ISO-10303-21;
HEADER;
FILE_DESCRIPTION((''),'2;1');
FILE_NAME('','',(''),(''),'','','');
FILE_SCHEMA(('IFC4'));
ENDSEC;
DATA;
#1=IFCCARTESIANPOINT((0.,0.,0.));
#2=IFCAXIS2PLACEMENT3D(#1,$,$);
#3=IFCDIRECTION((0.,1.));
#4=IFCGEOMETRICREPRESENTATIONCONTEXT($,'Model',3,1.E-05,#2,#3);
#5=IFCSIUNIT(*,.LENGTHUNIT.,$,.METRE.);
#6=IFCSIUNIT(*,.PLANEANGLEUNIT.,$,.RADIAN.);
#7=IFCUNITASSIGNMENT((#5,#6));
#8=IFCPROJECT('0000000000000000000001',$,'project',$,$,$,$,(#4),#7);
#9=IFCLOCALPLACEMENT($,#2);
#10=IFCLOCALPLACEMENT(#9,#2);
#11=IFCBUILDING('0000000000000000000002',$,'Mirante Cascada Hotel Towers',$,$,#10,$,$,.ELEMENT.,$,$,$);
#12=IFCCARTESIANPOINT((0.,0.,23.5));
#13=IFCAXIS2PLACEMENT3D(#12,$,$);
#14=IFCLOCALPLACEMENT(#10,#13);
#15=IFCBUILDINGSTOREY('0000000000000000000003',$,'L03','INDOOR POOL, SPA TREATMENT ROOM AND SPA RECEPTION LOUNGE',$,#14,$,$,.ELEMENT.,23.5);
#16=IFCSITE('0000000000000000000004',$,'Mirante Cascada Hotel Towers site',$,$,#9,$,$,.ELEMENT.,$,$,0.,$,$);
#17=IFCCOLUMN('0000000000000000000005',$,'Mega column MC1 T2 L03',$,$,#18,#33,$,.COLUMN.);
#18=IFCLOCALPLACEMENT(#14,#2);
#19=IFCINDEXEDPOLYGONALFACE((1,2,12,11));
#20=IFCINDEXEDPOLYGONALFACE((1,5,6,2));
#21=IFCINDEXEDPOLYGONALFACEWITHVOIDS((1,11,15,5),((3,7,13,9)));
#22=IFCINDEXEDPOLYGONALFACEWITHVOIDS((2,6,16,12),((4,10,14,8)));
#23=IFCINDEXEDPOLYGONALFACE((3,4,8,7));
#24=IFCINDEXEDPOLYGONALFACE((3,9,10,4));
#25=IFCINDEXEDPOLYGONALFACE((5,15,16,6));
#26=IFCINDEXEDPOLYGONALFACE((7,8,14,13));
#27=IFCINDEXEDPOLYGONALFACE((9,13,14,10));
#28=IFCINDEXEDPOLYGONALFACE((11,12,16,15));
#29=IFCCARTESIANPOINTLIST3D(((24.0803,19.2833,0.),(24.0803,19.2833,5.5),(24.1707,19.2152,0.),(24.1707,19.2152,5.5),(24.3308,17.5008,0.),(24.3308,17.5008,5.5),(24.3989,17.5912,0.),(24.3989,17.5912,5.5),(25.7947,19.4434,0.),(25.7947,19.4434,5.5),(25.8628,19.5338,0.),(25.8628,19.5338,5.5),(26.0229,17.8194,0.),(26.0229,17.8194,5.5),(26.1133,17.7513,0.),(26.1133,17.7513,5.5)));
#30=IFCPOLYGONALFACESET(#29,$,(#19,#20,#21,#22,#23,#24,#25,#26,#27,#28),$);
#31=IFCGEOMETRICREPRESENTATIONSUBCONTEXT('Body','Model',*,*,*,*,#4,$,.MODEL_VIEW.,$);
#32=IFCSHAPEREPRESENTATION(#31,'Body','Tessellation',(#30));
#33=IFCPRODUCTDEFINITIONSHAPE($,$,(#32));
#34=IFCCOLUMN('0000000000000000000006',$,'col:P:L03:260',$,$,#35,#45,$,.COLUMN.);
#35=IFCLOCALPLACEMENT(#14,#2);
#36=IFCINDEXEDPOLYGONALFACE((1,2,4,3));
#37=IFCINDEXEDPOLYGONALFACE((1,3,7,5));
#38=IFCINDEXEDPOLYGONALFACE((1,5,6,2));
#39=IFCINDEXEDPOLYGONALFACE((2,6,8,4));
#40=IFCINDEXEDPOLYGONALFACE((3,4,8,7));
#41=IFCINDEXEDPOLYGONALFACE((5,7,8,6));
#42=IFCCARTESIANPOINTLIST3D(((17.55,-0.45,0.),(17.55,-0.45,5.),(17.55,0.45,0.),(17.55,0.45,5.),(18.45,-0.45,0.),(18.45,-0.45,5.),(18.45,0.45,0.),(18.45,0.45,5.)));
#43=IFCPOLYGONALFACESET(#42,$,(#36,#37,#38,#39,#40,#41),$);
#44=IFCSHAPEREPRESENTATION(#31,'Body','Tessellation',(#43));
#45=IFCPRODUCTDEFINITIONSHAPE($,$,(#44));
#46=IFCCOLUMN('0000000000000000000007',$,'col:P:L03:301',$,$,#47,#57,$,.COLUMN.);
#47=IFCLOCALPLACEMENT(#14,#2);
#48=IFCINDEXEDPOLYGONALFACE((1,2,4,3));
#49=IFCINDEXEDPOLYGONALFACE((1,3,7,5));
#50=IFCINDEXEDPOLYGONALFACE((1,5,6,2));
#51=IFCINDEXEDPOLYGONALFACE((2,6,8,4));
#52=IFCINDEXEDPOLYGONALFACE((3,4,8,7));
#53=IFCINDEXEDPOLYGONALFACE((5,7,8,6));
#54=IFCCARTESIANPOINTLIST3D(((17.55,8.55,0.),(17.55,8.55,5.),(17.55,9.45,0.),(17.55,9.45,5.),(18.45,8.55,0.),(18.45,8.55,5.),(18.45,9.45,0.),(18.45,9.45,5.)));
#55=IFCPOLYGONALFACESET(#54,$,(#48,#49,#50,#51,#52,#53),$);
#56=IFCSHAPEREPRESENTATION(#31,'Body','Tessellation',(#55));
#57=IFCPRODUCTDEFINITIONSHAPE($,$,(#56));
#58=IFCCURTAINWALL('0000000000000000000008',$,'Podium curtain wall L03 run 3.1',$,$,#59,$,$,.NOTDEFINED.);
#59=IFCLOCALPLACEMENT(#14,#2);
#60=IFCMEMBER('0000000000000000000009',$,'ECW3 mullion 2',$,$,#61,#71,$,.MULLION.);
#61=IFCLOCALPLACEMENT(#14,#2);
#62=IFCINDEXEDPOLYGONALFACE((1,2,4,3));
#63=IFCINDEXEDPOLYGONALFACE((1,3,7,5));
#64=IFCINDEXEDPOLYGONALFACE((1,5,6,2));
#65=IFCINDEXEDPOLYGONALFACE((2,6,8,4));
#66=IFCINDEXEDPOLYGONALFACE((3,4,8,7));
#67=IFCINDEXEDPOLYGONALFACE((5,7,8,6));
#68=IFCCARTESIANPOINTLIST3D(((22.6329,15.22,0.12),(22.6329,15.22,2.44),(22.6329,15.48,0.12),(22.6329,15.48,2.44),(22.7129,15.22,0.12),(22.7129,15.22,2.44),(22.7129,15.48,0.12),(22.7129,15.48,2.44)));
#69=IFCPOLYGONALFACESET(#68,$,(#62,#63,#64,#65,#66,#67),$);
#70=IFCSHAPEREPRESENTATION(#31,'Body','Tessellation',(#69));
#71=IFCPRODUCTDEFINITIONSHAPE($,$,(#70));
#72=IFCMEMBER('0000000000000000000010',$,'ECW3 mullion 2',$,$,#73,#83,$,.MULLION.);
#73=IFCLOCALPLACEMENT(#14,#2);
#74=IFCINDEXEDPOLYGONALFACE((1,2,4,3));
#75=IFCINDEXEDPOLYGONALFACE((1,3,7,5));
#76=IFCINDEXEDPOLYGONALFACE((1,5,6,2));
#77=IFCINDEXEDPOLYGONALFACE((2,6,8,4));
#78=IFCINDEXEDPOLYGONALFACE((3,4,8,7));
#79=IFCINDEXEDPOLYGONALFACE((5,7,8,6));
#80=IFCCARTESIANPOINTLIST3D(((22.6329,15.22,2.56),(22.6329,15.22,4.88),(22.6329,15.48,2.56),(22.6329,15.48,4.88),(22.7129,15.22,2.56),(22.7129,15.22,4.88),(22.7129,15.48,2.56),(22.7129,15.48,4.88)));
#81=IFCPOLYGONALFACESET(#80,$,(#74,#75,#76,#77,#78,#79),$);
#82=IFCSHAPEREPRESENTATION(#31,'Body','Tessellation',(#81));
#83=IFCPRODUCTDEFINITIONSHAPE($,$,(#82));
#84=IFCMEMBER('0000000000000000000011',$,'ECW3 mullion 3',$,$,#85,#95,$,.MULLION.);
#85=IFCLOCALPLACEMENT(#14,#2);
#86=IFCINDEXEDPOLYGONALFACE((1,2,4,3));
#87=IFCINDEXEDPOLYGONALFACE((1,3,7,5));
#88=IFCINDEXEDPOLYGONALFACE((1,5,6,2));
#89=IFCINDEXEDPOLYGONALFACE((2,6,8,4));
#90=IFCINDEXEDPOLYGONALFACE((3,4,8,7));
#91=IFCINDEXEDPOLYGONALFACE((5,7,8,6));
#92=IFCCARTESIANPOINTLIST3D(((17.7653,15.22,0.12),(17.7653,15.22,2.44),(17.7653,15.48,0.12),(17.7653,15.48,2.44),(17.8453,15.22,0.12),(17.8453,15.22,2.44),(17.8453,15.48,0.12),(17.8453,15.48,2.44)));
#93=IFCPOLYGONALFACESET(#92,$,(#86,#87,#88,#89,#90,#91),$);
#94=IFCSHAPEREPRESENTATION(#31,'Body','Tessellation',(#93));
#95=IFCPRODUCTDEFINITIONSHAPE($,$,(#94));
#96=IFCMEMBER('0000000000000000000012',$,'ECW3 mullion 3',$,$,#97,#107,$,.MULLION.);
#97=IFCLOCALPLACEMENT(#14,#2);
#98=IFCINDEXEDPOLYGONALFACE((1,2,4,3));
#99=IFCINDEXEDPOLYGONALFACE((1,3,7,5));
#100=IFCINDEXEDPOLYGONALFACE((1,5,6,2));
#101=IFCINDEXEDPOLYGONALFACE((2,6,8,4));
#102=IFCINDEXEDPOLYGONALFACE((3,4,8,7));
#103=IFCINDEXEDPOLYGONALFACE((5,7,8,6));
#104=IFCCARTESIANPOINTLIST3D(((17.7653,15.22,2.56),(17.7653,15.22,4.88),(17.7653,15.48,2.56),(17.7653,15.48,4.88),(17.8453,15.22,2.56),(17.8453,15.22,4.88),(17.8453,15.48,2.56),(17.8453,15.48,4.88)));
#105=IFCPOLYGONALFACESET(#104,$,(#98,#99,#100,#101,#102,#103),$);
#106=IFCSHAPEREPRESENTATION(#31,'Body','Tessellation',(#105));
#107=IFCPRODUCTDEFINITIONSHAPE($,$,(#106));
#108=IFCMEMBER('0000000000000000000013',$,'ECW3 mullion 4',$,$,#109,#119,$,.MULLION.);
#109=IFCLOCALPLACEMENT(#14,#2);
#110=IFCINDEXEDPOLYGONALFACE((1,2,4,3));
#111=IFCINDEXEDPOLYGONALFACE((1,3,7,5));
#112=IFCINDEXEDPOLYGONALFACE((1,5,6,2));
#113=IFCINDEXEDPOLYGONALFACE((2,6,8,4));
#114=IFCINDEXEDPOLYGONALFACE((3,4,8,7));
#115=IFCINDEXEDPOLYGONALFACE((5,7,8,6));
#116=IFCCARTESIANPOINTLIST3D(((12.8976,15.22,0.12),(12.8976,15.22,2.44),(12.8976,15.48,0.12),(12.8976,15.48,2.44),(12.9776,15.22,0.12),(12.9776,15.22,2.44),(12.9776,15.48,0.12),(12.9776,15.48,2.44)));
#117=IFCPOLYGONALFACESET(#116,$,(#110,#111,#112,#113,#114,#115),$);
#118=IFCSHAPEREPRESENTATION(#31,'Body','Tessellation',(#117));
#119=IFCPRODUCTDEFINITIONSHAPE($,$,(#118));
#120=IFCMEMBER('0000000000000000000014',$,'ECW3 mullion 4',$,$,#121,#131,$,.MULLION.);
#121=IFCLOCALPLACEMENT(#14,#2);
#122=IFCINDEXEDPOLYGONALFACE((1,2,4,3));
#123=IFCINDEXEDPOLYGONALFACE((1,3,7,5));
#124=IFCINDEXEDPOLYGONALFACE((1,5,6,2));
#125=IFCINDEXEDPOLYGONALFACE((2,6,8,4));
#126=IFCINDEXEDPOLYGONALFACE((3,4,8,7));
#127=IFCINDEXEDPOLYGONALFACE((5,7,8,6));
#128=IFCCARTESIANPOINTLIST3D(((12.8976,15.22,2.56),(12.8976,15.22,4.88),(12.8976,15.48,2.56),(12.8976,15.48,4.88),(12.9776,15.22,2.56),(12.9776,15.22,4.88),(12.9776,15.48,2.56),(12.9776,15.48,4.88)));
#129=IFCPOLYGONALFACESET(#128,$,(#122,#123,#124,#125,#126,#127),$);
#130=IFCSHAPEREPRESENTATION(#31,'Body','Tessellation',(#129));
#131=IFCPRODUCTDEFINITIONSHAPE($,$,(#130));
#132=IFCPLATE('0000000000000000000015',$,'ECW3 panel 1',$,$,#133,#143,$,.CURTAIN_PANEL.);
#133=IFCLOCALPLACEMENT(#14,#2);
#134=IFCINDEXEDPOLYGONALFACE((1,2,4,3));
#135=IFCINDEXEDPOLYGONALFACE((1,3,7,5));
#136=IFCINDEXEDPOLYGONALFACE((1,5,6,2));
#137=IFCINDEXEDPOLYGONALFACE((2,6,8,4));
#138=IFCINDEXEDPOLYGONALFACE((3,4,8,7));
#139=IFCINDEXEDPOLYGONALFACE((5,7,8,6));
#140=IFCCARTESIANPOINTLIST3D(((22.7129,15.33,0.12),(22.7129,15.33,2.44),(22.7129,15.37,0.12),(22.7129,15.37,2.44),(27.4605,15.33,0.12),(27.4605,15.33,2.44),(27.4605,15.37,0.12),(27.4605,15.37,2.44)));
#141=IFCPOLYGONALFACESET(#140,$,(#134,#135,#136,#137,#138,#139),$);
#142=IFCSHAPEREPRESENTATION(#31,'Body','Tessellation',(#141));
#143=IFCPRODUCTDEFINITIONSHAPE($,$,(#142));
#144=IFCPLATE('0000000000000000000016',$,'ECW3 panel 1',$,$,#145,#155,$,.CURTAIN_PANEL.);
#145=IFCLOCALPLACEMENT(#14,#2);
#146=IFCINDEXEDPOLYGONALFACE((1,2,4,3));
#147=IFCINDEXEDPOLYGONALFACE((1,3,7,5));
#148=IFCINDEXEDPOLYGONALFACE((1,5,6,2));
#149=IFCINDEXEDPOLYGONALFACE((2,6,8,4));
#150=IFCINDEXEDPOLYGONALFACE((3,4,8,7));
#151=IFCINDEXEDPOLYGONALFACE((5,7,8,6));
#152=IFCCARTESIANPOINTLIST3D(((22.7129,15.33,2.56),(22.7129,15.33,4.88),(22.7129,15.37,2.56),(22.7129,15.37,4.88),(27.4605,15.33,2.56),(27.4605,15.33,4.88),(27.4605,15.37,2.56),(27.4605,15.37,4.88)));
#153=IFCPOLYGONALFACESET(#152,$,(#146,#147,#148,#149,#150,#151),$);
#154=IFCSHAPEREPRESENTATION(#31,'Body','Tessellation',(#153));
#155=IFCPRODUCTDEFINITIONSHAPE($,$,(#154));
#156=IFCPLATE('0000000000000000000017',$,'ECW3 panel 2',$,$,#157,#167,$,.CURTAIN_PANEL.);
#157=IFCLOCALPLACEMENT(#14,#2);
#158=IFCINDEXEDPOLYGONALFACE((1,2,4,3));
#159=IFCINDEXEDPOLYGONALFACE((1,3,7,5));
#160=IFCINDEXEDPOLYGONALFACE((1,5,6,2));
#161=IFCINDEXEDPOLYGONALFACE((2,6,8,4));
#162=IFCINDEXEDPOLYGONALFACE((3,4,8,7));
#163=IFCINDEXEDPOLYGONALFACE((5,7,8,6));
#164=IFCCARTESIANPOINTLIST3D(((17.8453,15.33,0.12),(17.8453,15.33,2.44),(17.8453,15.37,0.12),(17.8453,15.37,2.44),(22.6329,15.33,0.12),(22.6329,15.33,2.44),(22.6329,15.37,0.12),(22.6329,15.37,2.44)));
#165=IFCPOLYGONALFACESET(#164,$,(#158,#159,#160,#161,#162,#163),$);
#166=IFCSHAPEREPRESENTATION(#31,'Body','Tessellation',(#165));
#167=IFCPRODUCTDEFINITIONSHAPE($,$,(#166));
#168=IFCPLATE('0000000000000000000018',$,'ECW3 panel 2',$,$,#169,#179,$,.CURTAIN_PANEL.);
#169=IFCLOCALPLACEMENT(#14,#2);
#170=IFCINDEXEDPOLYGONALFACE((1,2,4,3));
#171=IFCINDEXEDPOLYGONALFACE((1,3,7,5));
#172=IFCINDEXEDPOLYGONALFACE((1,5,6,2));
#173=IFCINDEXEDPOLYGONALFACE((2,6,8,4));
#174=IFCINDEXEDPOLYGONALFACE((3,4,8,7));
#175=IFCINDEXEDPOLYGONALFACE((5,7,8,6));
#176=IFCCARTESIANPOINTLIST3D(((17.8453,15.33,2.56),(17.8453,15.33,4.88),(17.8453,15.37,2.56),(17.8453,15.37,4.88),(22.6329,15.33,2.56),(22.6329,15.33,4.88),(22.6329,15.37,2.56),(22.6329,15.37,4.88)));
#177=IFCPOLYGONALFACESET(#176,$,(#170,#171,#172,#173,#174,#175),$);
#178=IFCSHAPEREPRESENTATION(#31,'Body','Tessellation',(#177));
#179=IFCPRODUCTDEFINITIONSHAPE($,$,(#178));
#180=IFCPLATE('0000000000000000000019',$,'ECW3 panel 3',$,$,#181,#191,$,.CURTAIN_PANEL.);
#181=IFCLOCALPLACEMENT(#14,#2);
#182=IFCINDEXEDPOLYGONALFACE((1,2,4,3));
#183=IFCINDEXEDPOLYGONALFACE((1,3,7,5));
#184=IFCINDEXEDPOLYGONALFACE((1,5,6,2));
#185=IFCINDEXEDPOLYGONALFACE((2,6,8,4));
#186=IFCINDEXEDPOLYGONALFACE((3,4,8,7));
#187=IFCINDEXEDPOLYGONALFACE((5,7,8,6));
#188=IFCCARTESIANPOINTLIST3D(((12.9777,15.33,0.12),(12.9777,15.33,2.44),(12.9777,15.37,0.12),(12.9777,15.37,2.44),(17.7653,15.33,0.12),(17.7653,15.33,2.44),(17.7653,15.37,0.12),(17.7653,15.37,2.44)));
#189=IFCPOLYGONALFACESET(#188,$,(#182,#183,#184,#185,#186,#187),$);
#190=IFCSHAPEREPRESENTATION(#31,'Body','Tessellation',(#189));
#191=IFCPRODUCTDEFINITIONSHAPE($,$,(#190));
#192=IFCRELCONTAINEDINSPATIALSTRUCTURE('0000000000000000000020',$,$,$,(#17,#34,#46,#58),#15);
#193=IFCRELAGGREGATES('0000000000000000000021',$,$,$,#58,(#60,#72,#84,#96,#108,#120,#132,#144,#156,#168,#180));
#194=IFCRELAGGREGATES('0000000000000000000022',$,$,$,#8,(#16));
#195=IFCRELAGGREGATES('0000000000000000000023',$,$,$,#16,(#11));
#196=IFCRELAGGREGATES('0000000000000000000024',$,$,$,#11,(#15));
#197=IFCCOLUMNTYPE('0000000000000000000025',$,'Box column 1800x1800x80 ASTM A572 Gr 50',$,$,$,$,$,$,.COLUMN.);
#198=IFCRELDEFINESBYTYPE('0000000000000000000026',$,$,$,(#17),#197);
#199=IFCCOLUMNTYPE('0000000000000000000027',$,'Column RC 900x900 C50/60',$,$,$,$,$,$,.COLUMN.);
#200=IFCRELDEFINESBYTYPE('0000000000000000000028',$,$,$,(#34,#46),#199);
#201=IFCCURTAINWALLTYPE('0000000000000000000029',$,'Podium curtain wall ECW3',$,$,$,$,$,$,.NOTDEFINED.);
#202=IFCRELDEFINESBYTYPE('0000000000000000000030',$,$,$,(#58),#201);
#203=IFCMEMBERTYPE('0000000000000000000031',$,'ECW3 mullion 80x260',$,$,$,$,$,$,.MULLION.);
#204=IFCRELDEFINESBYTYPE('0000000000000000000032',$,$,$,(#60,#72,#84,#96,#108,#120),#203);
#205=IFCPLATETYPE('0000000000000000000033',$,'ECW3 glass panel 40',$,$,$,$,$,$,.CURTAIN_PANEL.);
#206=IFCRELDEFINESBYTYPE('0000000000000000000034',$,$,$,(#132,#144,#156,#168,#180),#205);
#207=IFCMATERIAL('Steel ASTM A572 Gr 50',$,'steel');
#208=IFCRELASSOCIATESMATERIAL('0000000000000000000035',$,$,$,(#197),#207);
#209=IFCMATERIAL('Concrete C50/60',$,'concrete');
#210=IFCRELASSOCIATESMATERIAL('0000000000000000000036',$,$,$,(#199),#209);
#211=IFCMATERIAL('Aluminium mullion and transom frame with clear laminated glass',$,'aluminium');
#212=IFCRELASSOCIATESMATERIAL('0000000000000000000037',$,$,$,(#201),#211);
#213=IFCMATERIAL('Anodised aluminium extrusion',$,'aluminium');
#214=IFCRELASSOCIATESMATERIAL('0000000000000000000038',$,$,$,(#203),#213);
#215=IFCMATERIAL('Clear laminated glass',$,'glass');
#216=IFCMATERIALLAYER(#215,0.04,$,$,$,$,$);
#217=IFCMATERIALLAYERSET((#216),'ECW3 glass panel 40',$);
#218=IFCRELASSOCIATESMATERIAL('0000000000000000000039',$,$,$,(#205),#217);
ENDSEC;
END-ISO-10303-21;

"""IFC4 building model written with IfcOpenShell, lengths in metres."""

from ifc_helpers import new_model, si_unit, direction, frame, origin, origin_2d, place, context, subcontext, project, spatial, rectangle, hollow_rectangle, extrude, material, layer, layer_set, material_profile, profile_set, type_object, element, aggregate, save


model = new_model("IFC4")

# Units and contexts
model_context = context("Model", 3, precision=1e-05, world=origin(), true_north=direction((0.0, 1.0)))
body_context = subcontext(model_context, "Body", "Model", "MODEL_VIEW")
ifc_project = project(units=[si_unit("LENGTHUNIT", "METRE"), si_unit("PLANEANGLEUNIT", "RADIAN")], contexts=[model_context])

# Site, building, storey
site_placement = place(None, origin())
site = spatial("IfcSite", under=ifc_project, at=site_placement, Name="Mirante Cascada Hotel Towers site", CompositionType="ELEMENT", RefElevation=0.0)
building_placement = place(site_placement, origin())
building = spatial("IfcBuilding", under=site, at=building_placement, Name="Mirante Cascada Hotel Towers", CompositionType="ELEMENT")
storey_placement = place(building_placement, frame((0.0, 0.0, 23.5)))
storey = spatial("IfcBuildingStorey", under=building, at=storey_placement, Name="L03", Description="INDOOR POOL, SPA TREATMENT ROOM AND SPA RECEPTION LOUNGE", CompositionType="ELEMENT", Elevation=23.5)

# Columns
ifc_material_1 = material(Name="Steel ASTM A572 Gr 50", Category="steel")
ifc_material_profile_1 = material_profile(ifc_material_1, hollow_rectangle(XDim=1.8, YDim=1.8, WallThickness=0.08, at=origin_2d()), Name="Box column 1800x1800x80 ASTM A572 Gr 50")
ifc_profile_set_1 = profile_set([ifc_material_profile_1], Name="Steel ASTM A572 Gr 50")
column_type_1 = type_object("IfcColumnType", Name="Box column 1800x1800x80 ASTM A572 Gr 50", PredefinedType="COLUMN", material=ifc_profile_set_1)
column_placement = place(storey_placement, frame((25.0968, 18.5173, 0.0), z_axis=(0.0, 0.0, 1.0), x_axis=(0.990268, 0.139173, 0.0)))
element("IfcColumn", 1, at=column_placement, inside=storey, type_object=column_type_1, Name="Mega column MC1 T2 L03", PredefinedType="COLUMN", context=body_context, shape_type="SweptSolid", body=[
    extrude(hollow_rectangle(XDim=1.8, YDim=1.8, WallThickness=0.08, at=origin_2d()), origin(), (0.0, 0.0, 1.0), 5.5),
])
ifc_material_2 = material(Name="Concrete C50/60", Category="concrete")
ifc_material_profile_2 = material_profile(ifc_material_2, rectangle(XDim=0.9, YDim=0.9, at=origin_2d()), Name="RC 900x900")
ifc_profile_set_2 = profile_set([ifc_material_profile_2], Name="Concrete C50/60")
column_type_2 = type_object("IfcColumnType", Name="Column RC 900x900 C50/60", PredefinedType="COLUMN", material=ifc_profile_set_2)
for number, where, z_axis, x_axis, name in (
    (2, (18.0, 0.0, 0.0), (0.0, 0.0, 1.0), (1.0, 0.0, 0.0), "col:P:L03:260"),
    (3, (18.0, 9.0, 0.0), (0.0, 0.0, 1.0), (1.0, 0.0, 0.0), "col:P:L03:301"),
):
    element("IfcColumn", number, at=place(storey_placement, frame(where, z_axis=z_axis, x_axis=x_axis)), inside=storey, type_object=column_type_2, Name=name, PredefinedType="COLUMN", context=body_context, shape_type="SweptSolid", body=[
        extrude(rectangle(XDim=0.9, YDim=0.9, at=origin_2d()), origin(), (0.0, 0.0, 1.0), 5.0),
    ])

# Curtain wall, members, plates
ifc_material_3 = material(Name="Aluminium mullion and transom frame with clear laminated glass", Category="aluminium")
curtain_wall_type = type_object("IfcCurtainWallType", Name="Podium curtain wall ECW3", PredefinedType="NOTDEFINED", material=ifc_material_3)
curtain_wall_placement = place(storey_placement, origin())
curtain_wall = element("IfcCurtainWall", 4, at=curtain_wall_placement, inside=storey, type_object=curtain_wall_type, Name="Podium curtain wall L03 run 3.1", PredefinedType="NOTDEFINED")
ifc_material_4 = material(Name="Anodised aluminium extrusion", Category="aluminium")
ifc_material_profile_3 = material_profile(ifc_material_4, rectangle(XDim=0.26, YDim=0.08, at=origin_2d()), Name="ECW3 MULLION 80x260")
ifc_profile_set_3 = profile_set([ifc_material_profile_3], Name="Anodised aluminium extrusion")
member_type = type_object("IfcMemberType", Name="ECW3 mullion 80x260", PredefinedType="MULLION", material=ifc_profile_set_3)
member_1_placement = place(storey_placement, frame((22.6729, 15.35, 0.12), z_axis=(0.0, 0.0, 1.0), x_axis=(0.0, -1.0, 0.0)))
member_1 = element("IfcMember", 5, at=member_1_placement, type_object=member_type, Name="ECW3 mullion 2", PredefinedType="MULLION", context=body_context, shape_type="SweptSolid", body=[
    extrude(rectangle(XDim=0.26, YDim=0.08, at=origin_2d()), origin(), (0.0, 0.0, 1.0), 2.32),
])
member_2_placement = place(storey_placement, frame((22.6729, 15.35, 2.56), z_axis=(0.0, 0.0, 1.0), x_axis=(0.0, -1.0, 0.0)))
member_2 = element("IfcMember", 6, at=member_2_placement, type_object=member_type, Name="ECW3 mullion 2", PredefinedType="MULLION", context=body_context, shape_type="SweptSolid", body=[
    extrude(rectangle(XDim=0.26, YDim=0.08, at=origin_2d()), origin(), (0.0, 0.0, 1.0), 2.32),
])
member_3_placement = place(storey_placement, frame((17.8053, 15.35, 0.12), z_axis=(0.0, 0.0, 1.0), x_axis=(0.0, -1.0, 0.0)))
member_3 = element("IfcMember", 7, at=member_3_placement, type_object=member_type, Name="ECW3 mullion 3", PredefinedType="MULLION", context=body_context, shape_type="SweptSolid", body=[
    extrude(rectangle(XDim=0.26, YDim=0.08, at=origin_2d()), origin(), (0.0, 0.0, 1.0), 2.32),
])
member_4_placement = place(storey_placement, frame((17.8053, 15.35, 2.56), z_axis=(0.0, 0.0, 1.0), x_axis=(0.0, -1.0, 0.0)))
member_4 = element("IfcMember", 8, at=member_4_placement, type_object=member_type, Name="ECW3 mullion 3", PredefinedType="MULLION", context=body_context, shape_type="SweptSolid", body=[
    extrude(rectangle(XDim=0.26, YDim=0.08, at=origin_2d()), origin(), (0.0, 0.0, 1.0), 2.32),
])
member_5_placement = place(storey_placement, frame((12.9376, 15.35, 0.12), z_axis=(0.0, 0.0, 1.0), x_axis=(0.0, -1.0, 0.0)))
member_5 = element("IfcMember", 9, at=member_5_placement, type_object=member_type, Name="ECW3 mullion 4", PredefinedType="MULLION", context=body_context, shape_type="SweptSolid", body=[
    extrude(rectangle(XDim=0.26, YDim=0.08, at=origin_2d()), origin(), (0.0, 0.0, 1.0), 2.32),
])
member_6_placement = place(storey_placement, frame((12.9376, 15.35, 2.56), z_axis=(0.0, 0.0, 1.0), x_axis=(0.0, -1.0, 0.0)))
member_6 = element("IfcMember", 10, at=member_6_placement, type_object=member_type, Name="ECW3 mullion 4", PredefinedType="MULLION", context=body_context, shape_type="SweptSolid", body=[
    extrude(rectangle(XDim=0.26, YDim=0.08, at=origin_2d()), origin(), (0.0, 0.0, 1.0), 2.32),
])
ifc_material_5 = material(Name="Clear laminated glass", Category="glass")
ifc_layer_1 = layer(ifc_material_5, 0.04)
ifc_layer_set_1 = layer_set([ifc_layer_1], Name="ECW3 glass panel 40")
plate_type = type_object("IfcPlateType", Name="ECW3 glass panel 40", PredefinedType="CURTAIN_PANEL", material=ifc_layer_set_1)
plate_1_placement = place(storey_placement, frame((25.0867, 15.35, 0.12), z_axis=(0.0, 0.0, 1.0), x_axis=(-1.0, 0.0, 0.0)))
plate_1 = element("IfcPlate", 11, at=plate_1_placement, type_object=plate_type, Name="ECW3 panel 1", PredefinedType="CURTAIN_PANEL", context=body_context, shape_type="SweptSolid", body=[
    extrude(rectangle(XDim=4.7476, YDim=0.04, at=origin_2d()), origin(), (0.0, 0.0, 1.0), 2.32),
])
plate_2_placement = place(storey_placement, frame((25.0867, 15.35, 2.56), z_axis=(0.0, 0.0, 1.0), x_axis=(-1.0, 0.0, 0.0)))
plate_2 = element("IfcPlate", 12, at=plate_2_placement, type_object=plate_type, Name="ECW3 panel 1", PredefinedType="CURTAIN_PANEL", context=body_context, shape_type="SweptSolid", body=[
    extrude(rectangle(XDim=4.7476, YDim=0.04, at=origin_2d()), origin(), (0.0, 0.0, 1.0), 2.32),
])
plate_3_placement = place(storey_placement, frame((20.2391, 15.35, 0.12), z_axis=(0.0, 0.0, 1.0), x_axis=(-1.0, 0.0, 0.0)))
plate_3 = element("IfcPlate", 13, at=plate_3_placement, type_object=plate_type, Name="ECW3 panel 2", PredefinedType="CURTAIN_PANEL", context=body_context, shape_type="SweptSolid", body=[
    extrude(rectangle(XDim=4.7876, YDim=0.04, at=origin_2d()), origin(), (0.0, 0.0, 1.0), 2.32),
])
plate_4_placement = place(storey_placement, frame((20.2391, 15.35, 2.56), z_axis=(0.0, 0.0, 1.0), x_axis=(-1.0, 0.0, 0.0)))
plate_4 = element("IfcPlate", 14, at=plate_4_placement, type_object=plate_type, Name="ECW3 panel 2", PredefinedType="CURTAIN_PANEL", context=body_context, shape_type="SweptSolid", body=[
    extrude(rectangle(XDim=4.7876, YDim=0.04, at=origin_2d()), origin(), (0.0, 0.0, 1.0), 2.32),
])
plate_5_placement = place(storey_placement, frame((15.3715, 15.35, 0.12), z_axis=(0.0, 0.0, 1.0), x_axis=(-1.0, 0.0, 0.0)))
plate_5 = element("IfcPlate", 15, at=plate_5_placement, type_object=plate_type, Name="ECW3 panel 3", PredefinedType="CURTAIN_PANEL", context=body_context, shape_type="SweptSolid", body=[
    extrude(rectangle(XDim=4.7876, YDim=0.04, at=origin_2d()), origin(), (0.0, 0.0, 1.0), 2.32),
])
aggregate(curtain_wall, [member_1, member_2, member_3, member_4, member_5, member_6, plate_1, plate_2, plate_3, plate_4, plate_5])

save(model, "model.ifc")
